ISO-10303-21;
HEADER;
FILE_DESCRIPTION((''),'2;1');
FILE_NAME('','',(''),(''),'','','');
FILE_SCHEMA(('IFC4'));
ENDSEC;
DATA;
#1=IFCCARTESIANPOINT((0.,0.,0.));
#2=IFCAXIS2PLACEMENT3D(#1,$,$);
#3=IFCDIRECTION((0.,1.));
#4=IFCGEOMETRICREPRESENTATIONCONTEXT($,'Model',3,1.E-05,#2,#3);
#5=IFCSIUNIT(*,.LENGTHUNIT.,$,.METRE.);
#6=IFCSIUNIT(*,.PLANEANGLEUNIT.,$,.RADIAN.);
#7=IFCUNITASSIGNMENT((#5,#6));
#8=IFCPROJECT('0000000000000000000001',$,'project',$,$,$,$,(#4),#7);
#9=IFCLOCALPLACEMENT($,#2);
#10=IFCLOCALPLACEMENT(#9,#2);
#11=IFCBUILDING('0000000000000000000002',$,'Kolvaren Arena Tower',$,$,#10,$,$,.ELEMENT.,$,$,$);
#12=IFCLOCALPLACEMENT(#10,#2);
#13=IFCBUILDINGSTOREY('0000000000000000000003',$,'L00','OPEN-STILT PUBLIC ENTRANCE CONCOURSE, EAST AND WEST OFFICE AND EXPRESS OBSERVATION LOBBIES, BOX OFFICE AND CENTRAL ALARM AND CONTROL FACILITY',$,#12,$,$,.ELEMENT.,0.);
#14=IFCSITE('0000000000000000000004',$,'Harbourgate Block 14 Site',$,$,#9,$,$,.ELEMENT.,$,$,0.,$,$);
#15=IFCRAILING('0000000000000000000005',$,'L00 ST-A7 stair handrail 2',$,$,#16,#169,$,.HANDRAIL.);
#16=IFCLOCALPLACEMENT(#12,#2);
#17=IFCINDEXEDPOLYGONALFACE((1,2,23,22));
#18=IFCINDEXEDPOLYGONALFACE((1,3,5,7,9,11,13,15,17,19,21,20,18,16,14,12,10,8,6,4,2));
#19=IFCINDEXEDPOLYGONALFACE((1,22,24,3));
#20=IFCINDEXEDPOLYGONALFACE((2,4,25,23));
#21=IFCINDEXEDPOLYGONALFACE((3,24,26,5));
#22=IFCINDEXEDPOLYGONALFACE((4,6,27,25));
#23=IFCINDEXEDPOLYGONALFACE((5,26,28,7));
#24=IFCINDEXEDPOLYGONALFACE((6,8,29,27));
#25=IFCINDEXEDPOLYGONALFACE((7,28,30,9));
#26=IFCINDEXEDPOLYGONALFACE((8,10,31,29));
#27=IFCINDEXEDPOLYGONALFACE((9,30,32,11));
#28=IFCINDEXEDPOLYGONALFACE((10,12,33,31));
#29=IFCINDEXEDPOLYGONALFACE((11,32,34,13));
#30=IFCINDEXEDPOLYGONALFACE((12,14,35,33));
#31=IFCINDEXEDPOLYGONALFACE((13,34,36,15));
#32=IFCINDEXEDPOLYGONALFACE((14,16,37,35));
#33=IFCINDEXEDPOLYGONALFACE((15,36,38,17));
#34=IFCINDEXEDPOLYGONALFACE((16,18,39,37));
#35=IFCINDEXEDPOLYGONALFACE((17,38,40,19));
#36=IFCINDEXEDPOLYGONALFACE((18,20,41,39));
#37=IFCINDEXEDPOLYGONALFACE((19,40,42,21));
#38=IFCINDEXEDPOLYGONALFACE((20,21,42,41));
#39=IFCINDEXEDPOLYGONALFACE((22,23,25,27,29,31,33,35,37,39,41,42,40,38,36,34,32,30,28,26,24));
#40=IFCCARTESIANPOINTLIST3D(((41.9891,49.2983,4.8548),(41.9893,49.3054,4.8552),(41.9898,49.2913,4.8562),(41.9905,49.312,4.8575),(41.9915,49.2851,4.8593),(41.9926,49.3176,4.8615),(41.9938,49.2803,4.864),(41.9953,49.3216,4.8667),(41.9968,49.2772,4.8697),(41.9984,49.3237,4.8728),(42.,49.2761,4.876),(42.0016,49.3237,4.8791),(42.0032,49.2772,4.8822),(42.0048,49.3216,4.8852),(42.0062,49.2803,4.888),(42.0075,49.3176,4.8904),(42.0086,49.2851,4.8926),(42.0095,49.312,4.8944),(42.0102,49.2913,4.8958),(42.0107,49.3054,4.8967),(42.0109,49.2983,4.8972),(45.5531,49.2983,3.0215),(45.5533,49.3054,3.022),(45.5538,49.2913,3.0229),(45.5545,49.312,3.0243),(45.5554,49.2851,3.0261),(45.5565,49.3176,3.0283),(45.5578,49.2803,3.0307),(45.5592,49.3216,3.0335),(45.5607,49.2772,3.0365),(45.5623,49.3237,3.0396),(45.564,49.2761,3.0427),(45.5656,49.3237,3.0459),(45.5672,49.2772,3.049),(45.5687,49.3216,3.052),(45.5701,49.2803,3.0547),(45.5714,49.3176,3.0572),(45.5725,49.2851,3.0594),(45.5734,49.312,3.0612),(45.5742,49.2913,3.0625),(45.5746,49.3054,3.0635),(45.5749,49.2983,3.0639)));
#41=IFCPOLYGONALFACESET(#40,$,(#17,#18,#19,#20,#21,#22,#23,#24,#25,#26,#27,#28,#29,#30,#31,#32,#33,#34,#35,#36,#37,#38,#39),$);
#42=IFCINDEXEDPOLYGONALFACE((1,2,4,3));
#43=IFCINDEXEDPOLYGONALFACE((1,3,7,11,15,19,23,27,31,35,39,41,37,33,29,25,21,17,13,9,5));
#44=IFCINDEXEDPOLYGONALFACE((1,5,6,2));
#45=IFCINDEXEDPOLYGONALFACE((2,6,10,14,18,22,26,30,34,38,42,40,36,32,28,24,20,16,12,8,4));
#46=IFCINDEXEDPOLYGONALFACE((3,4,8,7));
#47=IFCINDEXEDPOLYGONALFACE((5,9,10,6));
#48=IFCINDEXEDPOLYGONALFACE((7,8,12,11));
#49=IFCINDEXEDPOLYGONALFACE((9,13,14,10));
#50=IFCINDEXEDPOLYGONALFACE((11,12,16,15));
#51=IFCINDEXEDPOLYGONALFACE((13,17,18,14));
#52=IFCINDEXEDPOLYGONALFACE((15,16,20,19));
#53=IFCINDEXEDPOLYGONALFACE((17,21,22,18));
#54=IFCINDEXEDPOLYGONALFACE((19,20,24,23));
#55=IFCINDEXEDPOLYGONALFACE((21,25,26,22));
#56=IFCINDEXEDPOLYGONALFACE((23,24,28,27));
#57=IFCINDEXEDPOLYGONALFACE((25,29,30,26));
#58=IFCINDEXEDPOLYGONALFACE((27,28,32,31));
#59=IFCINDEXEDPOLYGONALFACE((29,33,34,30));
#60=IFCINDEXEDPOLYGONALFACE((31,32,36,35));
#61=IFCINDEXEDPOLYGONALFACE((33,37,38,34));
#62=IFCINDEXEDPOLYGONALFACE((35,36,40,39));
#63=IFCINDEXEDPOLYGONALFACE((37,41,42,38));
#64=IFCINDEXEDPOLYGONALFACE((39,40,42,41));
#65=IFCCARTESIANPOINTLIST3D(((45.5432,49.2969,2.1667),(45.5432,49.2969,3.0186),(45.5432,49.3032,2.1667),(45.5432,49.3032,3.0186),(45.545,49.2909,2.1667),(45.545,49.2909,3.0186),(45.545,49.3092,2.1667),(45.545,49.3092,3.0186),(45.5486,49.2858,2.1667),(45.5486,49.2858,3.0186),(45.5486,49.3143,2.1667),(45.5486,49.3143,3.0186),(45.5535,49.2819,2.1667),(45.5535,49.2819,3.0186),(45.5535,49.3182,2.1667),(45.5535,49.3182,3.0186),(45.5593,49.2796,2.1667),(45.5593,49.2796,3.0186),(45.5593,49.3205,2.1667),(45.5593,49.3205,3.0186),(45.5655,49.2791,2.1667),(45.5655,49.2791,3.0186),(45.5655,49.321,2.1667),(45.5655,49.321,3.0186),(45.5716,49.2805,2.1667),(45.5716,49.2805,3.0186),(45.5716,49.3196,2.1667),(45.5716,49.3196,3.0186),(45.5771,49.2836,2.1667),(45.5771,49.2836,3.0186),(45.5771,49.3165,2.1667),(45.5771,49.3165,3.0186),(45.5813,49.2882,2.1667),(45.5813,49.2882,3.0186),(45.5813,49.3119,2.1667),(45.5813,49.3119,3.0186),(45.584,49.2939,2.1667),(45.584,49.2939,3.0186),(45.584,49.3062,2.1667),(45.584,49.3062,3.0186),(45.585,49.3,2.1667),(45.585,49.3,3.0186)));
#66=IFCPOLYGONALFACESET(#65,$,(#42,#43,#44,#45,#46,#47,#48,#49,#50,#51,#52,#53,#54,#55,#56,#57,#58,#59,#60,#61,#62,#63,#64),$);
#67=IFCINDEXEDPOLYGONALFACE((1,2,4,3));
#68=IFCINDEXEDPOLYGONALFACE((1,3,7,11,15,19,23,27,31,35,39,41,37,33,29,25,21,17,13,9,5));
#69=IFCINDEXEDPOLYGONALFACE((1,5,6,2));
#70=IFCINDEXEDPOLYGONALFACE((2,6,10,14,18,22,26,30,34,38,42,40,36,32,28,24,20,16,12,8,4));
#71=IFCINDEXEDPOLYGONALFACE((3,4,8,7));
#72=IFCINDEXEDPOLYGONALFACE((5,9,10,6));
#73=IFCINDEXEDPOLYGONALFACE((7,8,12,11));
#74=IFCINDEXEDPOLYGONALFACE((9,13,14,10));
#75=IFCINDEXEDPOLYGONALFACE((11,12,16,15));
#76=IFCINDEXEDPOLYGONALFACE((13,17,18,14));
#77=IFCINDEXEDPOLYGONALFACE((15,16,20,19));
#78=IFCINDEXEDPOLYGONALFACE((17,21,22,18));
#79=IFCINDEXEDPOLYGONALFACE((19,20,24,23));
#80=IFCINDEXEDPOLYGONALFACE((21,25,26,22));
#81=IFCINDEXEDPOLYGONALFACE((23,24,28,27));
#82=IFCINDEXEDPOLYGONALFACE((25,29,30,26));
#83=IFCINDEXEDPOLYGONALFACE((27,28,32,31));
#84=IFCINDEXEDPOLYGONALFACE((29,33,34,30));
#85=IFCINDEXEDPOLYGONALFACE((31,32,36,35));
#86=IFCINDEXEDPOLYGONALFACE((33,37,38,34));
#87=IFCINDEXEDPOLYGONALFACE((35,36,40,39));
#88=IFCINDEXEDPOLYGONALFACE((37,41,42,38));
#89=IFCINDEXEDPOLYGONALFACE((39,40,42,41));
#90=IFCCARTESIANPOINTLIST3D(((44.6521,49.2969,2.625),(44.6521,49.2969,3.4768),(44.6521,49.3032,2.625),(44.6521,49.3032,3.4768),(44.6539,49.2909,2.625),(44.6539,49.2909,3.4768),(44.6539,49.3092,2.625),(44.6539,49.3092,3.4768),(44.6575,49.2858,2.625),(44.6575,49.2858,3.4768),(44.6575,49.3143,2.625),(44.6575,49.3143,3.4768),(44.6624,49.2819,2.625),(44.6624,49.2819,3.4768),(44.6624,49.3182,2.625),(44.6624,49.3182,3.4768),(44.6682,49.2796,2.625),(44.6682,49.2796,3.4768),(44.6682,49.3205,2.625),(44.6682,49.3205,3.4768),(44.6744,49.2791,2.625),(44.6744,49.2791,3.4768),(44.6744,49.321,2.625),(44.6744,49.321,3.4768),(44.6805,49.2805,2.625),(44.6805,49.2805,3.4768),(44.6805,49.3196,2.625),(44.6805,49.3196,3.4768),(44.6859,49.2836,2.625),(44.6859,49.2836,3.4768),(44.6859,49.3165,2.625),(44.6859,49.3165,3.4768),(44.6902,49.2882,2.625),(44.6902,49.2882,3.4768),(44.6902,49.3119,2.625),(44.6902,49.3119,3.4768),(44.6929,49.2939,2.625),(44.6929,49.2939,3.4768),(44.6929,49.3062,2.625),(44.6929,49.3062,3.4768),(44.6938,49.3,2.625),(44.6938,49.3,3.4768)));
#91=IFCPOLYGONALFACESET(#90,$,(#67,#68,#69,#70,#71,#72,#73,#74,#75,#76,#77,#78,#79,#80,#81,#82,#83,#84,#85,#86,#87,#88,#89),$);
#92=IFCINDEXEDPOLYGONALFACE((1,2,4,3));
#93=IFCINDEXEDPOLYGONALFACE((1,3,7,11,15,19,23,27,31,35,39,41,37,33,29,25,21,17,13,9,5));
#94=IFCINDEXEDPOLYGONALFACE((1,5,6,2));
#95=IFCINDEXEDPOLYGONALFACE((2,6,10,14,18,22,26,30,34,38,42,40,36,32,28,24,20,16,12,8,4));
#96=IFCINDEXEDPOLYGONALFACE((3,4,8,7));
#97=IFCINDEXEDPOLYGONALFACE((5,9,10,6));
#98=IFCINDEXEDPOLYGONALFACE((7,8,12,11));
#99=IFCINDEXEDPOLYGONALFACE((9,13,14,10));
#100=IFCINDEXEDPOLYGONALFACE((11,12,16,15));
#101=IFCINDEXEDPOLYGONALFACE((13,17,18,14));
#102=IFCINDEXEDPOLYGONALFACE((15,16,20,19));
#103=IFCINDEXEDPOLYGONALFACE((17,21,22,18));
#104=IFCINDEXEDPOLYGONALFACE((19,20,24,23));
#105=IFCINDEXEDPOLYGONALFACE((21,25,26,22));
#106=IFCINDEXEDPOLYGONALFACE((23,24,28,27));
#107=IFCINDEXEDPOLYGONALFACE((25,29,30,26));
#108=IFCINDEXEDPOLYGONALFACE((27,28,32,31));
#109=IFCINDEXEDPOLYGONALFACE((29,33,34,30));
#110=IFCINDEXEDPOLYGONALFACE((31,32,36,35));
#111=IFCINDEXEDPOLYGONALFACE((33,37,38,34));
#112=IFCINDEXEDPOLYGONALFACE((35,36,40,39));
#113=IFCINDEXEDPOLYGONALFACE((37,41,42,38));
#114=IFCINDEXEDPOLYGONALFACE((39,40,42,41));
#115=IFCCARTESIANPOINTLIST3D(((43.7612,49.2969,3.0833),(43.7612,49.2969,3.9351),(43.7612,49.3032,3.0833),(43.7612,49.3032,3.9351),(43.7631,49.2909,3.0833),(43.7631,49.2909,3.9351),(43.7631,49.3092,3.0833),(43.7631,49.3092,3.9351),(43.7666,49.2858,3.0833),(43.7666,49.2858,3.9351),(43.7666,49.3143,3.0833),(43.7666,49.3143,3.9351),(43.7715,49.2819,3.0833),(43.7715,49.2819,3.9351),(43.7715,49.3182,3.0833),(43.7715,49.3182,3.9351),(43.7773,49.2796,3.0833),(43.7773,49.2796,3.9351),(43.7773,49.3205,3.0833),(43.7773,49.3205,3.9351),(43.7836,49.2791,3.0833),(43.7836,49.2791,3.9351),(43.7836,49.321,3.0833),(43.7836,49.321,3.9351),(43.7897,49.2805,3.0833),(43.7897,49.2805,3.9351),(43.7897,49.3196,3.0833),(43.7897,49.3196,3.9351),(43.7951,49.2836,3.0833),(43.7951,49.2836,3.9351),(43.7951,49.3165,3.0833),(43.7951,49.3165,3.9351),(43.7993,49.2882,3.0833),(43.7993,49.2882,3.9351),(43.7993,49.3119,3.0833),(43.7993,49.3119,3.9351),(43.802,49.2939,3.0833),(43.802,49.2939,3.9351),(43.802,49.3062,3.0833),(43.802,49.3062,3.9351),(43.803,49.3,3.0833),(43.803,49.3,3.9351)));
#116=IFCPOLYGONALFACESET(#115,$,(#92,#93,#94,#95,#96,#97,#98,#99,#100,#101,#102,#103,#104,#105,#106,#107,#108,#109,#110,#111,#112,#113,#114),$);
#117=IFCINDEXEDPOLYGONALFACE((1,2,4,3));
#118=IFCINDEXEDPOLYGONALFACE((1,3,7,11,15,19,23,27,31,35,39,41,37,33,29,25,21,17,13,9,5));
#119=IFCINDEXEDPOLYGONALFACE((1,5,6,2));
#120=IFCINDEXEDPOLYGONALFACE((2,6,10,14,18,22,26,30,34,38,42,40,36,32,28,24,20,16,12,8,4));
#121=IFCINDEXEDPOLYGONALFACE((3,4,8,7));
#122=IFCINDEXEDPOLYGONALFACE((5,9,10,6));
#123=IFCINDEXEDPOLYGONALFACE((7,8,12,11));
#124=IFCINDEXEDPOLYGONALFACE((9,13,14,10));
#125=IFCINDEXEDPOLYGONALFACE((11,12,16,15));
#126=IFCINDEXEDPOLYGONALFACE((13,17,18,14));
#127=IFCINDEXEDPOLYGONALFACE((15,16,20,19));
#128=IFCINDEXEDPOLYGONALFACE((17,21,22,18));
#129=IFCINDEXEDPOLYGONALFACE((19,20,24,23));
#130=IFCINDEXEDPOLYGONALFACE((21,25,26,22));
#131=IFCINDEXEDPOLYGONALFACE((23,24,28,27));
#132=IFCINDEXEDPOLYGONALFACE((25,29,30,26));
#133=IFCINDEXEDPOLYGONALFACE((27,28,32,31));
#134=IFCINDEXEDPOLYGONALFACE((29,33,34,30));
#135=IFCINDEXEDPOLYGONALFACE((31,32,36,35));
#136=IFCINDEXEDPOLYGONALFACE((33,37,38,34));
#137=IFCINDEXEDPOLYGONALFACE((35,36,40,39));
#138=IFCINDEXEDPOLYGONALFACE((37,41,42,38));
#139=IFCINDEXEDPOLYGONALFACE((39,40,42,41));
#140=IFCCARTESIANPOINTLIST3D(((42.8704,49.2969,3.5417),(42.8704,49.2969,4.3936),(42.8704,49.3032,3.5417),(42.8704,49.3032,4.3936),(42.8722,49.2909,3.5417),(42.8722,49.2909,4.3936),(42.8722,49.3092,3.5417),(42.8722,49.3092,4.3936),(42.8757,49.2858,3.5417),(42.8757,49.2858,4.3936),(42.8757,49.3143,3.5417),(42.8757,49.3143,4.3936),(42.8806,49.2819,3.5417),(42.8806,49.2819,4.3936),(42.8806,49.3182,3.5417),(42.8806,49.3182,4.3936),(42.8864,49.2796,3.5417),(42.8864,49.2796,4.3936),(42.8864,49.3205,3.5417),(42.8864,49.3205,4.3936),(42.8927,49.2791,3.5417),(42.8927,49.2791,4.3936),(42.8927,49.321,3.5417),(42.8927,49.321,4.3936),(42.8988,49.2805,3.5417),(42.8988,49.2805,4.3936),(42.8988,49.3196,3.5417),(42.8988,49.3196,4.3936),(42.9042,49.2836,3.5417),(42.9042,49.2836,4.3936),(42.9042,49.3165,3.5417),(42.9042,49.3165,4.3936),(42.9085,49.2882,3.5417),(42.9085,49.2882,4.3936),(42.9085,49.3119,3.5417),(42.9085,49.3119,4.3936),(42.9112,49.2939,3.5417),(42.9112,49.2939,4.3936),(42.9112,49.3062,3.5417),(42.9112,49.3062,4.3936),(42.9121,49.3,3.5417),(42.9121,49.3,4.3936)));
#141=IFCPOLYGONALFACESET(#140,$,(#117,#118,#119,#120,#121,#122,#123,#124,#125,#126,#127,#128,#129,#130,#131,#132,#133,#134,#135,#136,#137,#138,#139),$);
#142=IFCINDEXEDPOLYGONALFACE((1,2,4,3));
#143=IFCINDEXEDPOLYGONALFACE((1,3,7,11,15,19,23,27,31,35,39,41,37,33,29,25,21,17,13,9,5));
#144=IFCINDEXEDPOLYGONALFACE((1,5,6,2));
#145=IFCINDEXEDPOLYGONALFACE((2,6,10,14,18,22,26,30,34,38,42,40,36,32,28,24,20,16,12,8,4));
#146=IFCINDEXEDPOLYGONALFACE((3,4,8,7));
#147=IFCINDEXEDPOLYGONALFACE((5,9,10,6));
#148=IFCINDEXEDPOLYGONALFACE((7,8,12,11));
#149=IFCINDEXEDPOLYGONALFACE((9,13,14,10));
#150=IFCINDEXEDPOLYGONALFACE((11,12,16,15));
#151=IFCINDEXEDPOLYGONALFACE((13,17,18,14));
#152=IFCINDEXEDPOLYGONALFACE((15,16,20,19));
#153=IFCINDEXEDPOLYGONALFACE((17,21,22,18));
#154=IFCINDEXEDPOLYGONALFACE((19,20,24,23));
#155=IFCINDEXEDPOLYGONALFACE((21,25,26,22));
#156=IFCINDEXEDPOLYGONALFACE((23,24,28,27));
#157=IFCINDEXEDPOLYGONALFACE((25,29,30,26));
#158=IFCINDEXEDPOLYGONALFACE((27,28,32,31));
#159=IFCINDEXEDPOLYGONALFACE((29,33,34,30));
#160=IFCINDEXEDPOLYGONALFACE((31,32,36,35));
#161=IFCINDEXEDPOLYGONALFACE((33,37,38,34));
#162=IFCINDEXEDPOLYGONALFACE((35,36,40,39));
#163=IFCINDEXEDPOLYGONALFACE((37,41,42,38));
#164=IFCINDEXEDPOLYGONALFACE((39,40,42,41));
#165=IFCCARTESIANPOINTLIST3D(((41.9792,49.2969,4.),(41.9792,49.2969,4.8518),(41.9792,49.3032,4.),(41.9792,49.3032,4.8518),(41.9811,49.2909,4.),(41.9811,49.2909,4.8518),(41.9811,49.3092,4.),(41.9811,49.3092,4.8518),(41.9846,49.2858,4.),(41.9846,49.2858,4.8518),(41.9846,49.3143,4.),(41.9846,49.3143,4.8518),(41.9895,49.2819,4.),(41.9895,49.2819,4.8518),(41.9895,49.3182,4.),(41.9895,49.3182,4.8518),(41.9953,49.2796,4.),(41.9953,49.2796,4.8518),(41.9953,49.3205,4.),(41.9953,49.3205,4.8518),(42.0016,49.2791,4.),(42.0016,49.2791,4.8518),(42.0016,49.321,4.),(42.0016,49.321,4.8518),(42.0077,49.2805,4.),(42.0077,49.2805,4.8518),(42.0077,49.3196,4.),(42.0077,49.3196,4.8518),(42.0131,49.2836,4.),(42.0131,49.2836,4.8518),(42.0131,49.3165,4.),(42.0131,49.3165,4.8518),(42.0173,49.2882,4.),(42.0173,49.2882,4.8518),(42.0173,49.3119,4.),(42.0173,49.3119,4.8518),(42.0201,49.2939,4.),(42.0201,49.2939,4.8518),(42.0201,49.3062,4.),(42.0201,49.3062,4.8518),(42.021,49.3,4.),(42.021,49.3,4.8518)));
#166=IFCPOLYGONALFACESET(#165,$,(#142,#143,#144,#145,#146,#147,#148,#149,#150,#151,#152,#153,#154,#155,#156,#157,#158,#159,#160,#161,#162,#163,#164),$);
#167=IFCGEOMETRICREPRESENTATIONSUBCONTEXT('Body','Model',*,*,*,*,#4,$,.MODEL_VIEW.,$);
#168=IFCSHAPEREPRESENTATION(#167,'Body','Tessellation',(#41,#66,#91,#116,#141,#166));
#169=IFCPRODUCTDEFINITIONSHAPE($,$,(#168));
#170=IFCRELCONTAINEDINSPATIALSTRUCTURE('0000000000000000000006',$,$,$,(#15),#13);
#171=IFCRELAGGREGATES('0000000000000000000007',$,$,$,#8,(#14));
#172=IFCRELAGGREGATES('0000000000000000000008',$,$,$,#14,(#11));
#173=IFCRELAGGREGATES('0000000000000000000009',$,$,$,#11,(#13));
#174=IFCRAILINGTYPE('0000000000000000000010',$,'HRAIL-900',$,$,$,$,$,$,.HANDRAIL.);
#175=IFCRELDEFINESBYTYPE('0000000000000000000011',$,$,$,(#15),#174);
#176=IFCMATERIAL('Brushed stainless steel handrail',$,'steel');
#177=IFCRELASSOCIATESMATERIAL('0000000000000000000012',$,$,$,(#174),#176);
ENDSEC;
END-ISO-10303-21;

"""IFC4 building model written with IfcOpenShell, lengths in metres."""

from ifc_helpers import new_model, si_unit, direction, frame, origin, origin_2d, place, context, subcontext, project, spatial, circle, extrude, material, type_object, element, save


model = new_model("IFC4")

# Units and contexts
model_context = context("Model", 3, precision=1e-05, world=origin(), true_north=direction((0.0, 1.0)))
body_context = subcontext(model_context, "Body", "Model", "MODEL_VIEW")
ifc_project = project(units=[si_unit("LENGTHUNIT", "METRE"), si_unit("PLANEANGLEUNIT", "RADIAN")], contexts=[model_context])

# Site, building, storey
site_placement = place(None, origin())
site = spatial("IfcSite", under=ifc_project, at=site_placement, Name="Harbourgate Block 14 Site", CompositionType="ELEMENT", RefElevation=0.0)
building_placement = place(site_placement, origin())
building = spatial("IfcBuilding", under=site, at=building_placement, Name="Kolvaren Arena Tower", CompositionType="ELEMENT")
storey_placement = place(building_placement, origin())
storey = spatial("IfcBuildingStorey", under=building, at=storey_placement, Name="L00", Description="OPEN-STILT PUBLIC ENTRANCE CONCOURSE, EAST AND WEST OFFICE AND EXPRESS OBSERVATION LOBBIES, BOX OFFICE AND CENTRAL ALARM AND CONTROL FACILITY", CompositionType="ELEMENT", Elevation=0.0)

# Railing
ifc_material_1 = material(Name="Brushed stainless steel handrail", Category="steel")
railing_type_1 = type_object("IfcRailingType", Name="HRAIL-900", PredefinedType="HANDRAIL", material=ifc_material_1)
for number, where, name in (
    (1, (45.564, 49.3, 2.1667), "L00 ST-A7 stair handrail 2"),
):
    element("IfcRailing", number, at=place(storey_placement, frame(where)), inside=storey, type_object=railing_type_1, Name=name, PredefinedType="HANDRAIL", context=body_context, shape_type="SweptSolid", body=[
        extrude(circle(Radius=0.0239, at=origin_2d()), frame((0.0, 0.0, 0.876), z_axis=(-0.889252, 0.0, 0.457418), x_axis=(0.0, -1.0, 0.0)), (0.0, 0.0, 1.0), 4.0078),
        extrude(circle(Radius=0.021, at=origin_2d()), origin(), (0.0, 0.0, 1.0), 0.8518),
        extrude(circle(Radius=0.021, at=origin_2d()), frame((-0.8911, 0.0, 0.4583)), (0.0, 0.0, 1.0), 0.8518),
        extrude(circle(Radius=0.021, at=origin_2d()), frame((-1.782, 0.0, 0.9165)), (0.0, 0.0, 1.0), 0.8518),
        extrude(circle(Radius=0.021, at=origin_2d()), frame((-2.6729, 0.0, 1.375)), (0.0, 0.0, 1.0), 0.8518),
        extrude(circle(Radius=0.021, at=origin_2d()), frame((-3.564, 0.0, 1.8333)), (0.0, 0.0, 1.0), 0.8518),
    ])

save(model, "model.ifc")
